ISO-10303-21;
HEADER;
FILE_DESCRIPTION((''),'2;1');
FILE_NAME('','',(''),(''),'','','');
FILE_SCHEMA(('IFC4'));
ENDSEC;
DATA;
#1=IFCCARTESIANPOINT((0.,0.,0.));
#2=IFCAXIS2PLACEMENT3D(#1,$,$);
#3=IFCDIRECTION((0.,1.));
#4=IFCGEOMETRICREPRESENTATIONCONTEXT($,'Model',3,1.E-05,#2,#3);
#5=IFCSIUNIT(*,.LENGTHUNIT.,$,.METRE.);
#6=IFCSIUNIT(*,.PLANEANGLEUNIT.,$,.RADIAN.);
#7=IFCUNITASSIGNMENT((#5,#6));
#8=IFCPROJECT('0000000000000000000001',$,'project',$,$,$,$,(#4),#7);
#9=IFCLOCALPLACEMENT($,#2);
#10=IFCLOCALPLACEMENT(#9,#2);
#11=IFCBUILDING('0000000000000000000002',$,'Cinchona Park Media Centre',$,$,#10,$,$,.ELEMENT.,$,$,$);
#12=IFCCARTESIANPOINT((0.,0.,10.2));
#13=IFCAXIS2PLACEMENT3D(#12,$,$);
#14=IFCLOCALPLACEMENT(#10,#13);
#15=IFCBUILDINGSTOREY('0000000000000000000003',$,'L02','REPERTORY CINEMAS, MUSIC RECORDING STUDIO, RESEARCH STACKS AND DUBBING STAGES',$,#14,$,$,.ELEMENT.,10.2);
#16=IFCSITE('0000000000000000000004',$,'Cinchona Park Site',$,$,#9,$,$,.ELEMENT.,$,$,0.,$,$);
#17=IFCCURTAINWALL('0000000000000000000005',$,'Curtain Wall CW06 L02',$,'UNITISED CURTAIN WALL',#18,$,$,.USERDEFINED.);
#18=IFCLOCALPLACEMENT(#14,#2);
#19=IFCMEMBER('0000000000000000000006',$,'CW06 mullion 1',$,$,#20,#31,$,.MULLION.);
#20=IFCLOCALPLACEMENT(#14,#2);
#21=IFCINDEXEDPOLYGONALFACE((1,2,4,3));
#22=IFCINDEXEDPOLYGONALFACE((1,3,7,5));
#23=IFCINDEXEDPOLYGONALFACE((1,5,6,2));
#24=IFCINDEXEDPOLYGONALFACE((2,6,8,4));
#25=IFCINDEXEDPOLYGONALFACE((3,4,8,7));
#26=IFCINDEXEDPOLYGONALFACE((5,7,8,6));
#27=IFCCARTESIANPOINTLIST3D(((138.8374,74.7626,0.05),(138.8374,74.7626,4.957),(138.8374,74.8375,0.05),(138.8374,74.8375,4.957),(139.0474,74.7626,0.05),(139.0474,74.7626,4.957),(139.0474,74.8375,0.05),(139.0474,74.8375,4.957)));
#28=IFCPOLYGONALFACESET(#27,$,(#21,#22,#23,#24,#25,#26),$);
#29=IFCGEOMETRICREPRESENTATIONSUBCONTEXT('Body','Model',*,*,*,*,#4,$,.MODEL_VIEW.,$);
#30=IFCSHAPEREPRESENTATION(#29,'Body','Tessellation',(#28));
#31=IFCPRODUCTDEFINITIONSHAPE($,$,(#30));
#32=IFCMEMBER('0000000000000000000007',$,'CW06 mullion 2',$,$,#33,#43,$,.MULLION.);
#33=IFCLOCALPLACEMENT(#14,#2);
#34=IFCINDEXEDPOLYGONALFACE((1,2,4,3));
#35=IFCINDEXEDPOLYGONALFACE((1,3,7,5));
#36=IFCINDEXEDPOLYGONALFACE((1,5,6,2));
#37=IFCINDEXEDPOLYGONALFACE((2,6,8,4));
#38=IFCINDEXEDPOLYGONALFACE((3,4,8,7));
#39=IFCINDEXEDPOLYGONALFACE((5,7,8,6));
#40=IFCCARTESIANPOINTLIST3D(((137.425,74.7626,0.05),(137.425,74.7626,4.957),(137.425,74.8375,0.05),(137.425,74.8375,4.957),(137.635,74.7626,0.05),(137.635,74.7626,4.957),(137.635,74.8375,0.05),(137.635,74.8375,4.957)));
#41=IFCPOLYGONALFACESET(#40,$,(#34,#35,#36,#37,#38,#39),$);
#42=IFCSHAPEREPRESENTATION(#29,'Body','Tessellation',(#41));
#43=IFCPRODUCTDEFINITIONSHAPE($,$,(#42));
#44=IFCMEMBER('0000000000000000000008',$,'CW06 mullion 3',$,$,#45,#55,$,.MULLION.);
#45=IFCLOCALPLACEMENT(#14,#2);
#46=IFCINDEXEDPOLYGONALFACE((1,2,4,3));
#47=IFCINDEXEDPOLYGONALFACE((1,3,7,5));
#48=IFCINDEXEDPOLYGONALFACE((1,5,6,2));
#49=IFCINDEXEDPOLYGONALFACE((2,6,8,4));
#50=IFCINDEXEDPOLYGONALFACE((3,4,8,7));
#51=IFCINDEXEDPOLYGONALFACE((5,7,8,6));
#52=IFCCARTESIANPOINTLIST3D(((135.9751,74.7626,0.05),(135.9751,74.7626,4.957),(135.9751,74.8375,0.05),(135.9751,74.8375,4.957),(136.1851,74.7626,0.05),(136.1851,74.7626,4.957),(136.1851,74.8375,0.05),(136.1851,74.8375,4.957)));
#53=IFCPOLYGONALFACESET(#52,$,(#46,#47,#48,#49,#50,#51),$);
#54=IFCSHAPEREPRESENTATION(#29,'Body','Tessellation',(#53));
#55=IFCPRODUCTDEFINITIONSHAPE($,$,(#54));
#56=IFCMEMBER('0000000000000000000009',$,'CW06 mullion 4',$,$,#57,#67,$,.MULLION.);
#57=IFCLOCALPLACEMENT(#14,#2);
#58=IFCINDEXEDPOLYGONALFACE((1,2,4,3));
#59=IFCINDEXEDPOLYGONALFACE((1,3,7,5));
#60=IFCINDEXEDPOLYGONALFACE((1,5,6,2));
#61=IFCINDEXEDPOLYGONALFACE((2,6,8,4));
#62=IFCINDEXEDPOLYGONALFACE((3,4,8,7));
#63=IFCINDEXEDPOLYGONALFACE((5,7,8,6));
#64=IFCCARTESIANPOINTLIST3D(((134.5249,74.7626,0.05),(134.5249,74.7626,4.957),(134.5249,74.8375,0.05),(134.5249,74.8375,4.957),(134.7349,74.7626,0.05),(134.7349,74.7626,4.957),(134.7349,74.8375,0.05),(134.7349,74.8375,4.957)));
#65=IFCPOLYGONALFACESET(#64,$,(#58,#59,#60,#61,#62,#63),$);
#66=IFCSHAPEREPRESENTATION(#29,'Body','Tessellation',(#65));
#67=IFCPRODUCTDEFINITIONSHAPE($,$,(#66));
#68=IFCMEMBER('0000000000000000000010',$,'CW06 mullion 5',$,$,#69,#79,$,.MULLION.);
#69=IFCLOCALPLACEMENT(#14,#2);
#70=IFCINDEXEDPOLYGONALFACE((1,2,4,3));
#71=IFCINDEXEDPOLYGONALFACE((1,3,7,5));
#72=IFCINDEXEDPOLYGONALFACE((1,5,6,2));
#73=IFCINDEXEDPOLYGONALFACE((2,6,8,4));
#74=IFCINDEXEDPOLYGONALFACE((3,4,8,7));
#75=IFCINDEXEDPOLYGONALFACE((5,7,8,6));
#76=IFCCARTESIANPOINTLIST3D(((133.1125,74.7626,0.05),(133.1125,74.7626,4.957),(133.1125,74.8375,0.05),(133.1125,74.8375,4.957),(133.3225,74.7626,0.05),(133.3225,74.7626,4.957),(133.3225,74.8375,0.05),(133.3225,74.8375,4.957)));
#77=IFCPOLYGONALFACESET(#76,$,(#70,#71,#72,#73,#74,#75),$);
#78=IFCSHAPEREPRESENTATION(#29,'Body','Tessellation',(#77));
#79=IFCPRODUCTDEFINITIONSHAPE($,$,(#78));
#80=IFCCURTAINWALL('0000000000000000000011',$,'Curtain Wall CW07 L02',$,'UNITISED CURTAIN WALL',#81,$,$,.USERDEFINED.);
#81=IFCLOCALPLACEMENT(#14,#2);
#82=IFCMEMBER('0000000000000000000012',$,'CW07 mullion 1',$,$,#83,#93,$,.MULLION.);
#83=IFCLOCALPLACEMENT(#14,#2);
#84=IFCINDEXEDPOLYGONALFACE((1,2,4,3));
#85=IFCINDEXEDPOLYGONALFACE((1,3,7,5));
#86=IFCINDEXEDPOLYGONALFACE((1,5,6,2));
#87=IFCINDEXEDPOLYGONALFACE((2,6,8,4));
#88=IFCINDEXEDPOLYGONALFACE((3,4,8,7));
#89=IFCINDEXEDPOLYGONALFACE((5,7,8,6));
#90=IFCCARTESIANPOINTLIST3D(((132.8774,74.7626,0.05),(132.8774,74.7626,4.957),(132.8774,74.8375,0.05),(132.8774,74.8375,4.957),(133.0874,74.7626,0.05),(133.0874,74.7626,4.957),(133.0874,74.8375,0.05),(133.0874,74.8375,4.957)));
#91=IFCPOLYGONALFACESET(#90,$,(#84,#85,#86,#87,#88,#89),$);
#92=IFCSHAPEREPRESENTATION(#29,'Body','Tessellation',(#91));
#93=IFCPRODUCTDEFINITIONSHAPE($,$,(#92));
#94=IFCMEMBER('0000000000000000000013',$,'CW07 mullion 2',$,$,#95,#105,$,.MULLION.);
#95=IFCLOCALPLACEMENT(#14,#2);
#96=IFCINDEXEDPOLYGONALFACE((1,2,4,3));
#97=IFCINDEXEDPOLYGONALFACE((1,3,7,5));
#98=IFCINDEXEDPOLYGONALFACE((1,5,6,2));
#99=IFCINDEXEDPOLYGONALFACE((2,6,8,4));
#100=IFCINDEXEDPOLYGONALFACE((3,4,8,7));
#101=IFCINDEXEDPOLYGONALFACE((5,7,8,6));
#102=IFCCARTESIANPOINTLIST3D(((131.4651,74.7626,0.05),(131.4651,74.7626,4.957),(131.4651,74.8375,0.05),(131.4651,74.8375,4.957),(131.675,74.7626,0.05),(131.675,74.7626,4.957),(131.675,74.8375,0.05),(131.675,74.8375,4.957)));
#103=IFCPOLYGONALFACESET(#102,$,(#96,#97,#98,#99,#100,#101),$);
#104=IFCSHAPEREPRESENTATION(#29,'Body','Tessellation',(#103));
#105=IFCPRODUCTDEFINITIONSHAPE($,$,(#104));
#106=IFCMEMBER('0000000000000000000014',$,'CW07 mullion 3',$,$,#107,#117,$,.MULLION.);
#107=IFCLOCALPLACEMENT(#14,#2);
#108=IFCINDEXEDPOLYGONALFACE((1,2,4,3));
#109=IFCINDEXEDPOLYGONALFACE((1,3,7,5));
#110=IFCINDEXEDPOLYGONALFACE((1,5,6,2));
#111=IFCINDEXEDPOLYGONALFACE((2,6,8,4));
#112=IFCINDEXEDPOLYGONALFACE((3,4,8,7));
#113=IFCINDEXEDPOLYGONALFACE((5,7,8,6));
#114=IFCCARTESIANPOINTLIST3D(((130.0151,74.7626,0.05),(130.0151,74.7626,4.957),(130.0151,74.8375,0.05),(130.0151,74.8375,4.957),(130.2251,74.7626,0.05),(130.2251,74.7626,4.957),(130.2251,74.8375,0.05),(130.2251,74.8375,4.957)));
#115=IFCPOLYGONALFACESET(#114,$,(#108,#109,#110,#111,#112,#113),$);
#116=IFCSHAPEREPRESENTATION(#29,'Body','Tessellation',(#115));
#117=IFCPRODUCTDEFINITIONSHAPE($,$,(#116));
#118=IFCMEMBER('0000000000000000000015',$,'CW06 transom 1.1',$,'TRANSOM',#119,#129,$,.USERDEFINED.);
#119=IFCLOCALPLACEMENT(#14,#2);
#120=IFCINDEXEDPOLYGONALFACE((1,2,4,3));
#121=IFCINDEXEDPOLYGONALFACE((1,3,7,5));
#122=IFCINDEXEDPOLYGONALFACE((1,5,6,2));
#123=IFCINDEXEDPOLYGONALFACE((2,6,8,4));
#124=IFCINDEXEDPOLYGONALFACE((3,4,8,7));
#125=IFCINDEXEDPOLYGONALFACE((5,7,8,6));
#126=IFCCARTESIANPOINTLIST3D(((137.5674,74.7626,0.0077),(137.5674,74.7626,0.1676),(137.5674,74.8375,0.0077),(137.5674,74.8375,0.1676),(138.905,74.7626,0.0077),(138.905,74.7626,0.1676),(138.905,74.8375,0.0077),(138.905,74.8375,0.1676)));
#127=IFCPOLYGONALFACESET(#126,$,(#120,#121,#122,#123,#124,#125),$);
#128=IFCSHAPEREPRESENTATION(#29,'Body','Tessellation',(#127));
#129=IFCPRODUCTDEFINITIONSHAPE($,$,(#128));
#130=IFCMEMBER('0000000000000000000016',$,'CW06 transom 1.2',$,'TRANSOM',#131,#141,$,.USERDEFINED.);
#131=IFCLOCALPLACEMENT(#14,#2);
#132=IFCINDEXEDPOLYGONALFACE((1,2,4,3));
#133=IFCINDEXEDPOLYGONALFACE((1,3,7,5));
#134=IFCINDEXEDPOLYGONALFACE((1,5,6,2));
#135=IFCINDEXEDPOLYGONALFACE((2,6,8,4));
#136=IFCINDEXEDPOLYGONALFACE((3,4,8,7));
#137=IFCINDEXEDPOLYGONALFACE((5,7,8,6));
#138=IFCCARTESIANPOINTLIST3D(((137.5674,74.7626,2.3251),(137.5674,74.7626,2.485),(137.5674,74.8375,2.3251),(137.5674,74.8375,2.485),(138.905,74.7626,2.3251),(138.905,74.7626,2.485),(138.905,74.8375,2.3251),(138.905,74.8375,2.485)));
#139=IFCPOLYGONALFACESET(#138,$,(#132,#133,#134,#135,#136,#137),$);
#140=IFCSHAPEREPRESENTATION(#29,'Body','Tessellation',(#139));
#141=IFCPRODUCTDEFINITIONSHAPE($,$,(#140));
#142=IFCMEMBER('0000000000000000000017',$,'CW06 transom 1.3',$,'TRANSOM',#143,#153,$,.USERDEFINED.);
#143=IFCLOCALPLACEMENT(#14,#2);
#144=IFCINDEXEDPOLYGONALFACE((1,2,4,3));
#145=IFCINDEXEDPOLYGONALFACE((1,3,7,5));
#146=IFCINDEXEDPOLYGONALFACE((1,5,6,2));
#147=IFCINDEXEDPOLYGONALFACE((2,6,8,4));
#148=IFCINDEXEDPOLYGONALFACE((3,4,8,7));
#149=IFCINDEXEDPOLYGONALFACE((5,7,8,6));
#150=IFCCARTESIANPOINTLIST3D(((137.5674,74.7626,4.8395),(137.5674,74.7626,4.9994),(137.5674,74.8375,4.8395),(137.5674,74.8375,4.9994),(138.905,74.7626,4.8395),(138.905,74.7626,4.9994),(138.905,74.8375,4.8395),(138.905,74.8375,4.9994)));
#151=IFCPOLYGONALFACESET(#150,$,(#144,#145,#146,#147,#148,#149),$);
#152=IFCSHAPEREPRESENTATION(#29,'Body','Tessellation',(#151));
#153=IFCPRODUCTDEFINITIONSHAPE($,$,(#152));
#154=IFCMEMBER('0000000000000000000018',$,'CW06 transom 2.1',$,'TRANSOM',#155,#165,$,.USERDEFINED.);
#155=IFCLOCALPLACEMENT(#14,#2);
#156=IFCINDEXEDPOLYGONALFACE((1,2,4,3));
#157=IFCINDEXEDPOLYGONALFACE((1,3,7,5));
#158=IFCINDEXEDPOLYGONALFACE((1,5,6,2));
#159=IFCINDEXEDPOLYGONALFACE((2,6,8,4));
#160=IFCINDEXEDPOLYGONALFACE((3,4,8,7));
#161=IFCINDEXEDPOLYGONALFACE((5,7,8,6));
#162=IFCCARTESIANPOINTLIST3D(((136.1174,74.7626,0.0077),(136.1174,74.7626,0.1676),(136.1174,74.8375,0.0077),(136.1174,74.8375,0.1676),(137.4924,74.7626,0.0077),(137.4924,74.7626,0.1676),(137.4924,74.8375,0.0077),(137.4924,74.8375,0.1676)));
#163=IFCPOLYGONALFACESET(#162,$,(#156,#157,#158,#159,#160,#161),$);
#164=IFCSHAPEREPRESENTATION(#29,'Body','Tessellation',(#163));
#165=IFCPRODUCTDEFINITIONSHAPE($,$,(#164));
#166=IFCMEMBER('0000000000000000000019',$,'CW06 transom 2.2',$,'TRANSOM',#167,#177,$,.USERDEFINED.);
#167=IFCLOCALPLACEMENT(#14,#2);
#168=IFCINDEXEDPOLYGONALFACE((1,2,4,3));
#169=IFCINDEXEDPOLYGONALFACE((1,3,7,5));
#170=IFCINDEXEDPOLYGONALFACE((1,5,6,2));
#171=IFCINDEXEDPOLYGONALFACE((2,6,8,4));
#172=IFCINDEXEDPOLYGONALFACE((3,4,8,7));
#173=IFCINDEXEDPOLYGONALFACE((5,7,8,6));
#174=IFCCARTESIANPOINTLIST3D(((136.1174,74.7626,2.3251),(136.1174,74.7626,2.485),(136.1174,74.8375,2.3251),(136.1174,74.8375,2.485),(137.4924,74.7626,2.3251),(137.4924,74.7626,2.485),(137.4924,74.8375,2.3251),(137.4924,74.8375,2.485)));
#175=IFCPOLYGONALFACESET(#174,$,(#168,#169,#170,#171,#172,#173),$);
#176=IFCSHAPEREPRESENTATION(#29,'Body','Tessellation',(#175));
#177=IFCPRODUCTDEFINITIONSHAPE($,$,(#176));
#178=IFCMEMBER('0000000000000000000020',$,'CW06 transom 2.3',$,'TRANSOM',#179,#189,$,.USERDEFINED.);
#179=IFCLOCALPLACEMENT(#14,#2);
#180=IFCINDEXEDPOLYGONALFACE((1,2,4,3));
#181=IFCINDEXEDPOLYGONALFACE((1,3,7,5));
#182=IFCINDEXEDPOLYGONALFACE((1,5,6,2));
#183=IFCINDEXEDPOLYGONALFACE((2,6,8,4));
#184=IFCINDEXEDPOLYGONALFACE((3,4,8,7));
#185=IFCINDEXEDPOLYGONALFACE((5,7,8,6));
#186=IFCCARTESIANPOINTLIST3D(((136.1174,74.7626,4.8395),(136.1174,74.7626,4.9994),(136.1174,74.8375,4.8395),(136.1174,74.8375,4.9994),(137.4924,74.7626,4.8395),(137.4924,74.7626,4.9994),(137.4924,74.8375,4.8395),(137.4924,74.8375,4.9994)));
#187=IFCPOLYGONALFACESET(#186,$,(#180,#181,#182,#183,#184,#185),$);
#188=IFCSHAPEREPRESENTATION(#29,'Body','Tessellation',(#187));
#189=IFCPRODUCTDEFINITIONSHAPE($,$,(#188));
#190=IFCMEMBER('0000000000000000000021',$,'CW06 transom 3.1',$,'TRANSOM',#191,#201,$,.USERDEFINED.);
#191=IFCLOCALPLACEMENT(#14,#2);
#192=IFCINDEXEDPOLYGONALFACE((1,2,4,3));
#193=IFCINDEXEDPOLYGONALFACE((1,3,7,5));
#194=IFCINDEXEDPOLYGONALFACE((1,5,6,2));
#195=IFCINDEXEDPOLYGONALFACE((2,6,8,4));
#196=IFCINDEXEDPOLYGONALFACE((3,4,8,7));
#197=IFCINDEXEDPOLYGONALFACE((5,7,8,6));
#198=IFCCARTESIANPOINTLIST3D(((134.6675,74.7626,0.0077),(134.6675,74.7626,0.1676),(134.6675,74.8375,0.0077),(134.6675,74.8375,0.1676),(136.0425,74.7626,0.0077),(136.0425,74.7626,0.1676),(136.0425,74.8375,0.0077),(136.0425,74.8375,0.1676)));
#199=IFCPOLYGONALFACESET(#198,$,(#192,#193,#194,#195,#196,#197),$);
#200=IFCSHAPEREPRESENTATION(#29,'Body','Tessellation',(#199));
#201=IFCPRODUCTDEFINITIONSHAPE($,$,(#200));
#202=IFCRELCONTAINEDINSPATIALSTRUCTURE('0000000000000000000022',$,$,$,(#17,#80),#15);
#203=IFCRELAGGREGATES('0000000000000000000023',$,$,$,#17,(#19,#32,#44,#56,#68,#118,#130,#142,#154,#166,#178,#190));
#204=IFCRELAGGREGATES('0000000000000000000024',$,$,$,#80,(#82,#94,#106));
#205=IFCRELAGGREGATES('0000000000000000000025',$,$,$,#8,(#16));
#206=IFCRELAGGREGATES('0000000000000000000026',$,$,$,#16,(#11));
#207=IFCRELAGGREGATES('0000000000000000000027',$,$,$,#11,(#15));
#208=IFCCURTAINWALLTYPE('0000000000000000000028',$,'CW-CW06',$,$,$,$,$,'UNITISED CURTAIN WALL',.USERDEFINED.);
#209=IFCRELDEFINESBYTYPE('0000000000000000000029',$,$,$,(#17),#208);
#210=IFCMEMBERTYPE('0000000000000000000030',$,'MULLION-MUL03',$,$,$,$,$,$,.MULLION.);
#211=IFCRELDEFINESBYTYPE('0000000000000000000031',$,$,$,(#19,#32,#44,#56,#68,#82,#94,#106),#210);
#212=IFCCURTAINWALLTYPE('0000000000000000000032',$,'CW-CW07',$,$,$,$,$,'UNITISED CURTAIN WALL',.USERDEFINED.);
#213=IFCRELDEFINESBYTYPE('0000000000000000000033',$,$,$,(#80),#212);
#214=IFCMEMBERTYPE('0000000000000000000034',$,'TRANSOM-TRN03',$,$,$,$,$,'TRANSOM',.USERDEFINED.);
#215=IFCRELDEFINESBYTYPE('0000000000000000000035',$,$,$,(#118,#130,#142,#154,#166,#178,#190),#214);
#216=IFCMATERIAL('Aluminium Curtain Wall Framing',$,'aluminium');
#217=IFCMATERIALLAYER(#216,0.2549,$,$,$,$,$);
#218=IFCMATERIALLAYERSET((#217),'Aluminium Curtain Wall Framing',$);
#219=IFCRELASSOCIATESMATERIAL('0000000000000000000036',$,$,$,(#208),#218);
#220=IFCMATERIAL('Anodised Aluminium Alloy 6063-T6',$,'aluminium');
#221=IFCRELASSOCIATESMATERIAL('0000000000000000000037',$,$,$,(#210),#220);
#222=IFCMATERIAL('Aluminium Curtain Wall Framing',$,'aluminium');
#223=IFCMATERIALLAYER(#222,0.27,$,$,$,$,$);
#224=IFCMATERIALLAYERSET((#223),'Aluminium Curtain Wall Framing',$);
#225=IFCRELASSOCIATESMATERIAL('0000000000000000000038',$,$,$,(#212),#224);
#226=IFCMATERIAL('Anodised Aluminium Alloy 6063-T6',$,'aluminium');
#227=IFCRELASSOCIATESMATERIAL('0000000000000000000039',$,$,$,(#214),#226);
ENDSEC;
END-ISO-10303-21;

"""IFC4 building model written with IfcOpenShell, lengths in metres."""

from ifc_helpers import new_model, si_unit, direction, frame, origin, origin_2d, place, context, subcontext, project, spatial, rectangle, extrude, material, layer, layer_set, material_profile, profile_set, type_object, element, aggregate, save


model = new_model("IFC4")

# Units and contexts
model_context = context("Model", 3, precision=1e-05, world=origin(), true_north=direction((0.0, 1.0)))
body_context = subcontext(model_context, "Body", "Model", "MODEL_VIEW")
ifc_project = project(units=[si_unit("LENGTHUNIT", "METRE"), si_unit("PLANEANGLEUNIT", "RADIAN")], contexts=[model_context])

# Site, building, storey
site_placement = place(None, origin())
site = spatial("IfcSite", under=ifc_project, at=site_placement, Name="Cinchona Park Site", CompositionType="ELEMENT", RefElevation=0.0)
building_placement = place(site_placement, origin())
building = spatial("IfcBuilding", under=site, at=building_placement, Name="Cinchona Park Media Centre", CompositionType="ELEMENT")
storey_placement = place(building_placement, frame((0.0, 0.0, 10.2)))
storey = spatial("IfcBuildingStorey", under=building, at=storey_placement, Name="L02", Description="REPERTORY CINEMAS, MUSIC RECORDING STUDIO, RESEARCH STACKS AND DUBBING STAGES", CompositionType="ELEMENT", Elevation=10.2)

# Curtain walls, members
ifc_material_1 = material(Name="Aluminium Curtain Wall Framing", Category="aluminium")
ifc_layer_1 = layer(ifc_material_1, 0.2549)
ifc_layer_set_1 = layer_set([ifc_layer_1], Name="Aluminium Curtain Wall Framing")
curtain_wall_type_1 = type_object("IfcCurtainWallType", Name="CW-CW06", ElementType="UNITISED CURTAIN WALL", PredefinedType="USERDEFINED", material=ifc_layer_set_1)
curtain_wall_1_placement = place(storey_placement, origin())
curtain_wall_1 = element("IfcCurtainWall", 1, at=curtain_wall_1_placement, inside=storey, type_object=curtain_wall_type_1, Name="Curtain Wall CW06 L02", ObjectType="UNITISED CURTAIN WALL", PredefinedType="USERDEFINED")
ifc_material_2 = material(Name="Anodised Aluminium Alloy 6063-T6", Category="aluminium")
ifc_material_profile_1 = material_profile(ifc_material_2, rectangle(XDim=0.075, YDim=0.21, at=origin_2d()), Name="MUL-75X210")
ifc_profile_set_1 = profile_set([ifc_material_profile_1], Name="Anodised Aluminium Alloy 6063-T6")
member_type_1 = type_object("IfcMemberType", Name="MULLION-MUL03", PredefinedType="MULLION", material=ifc_profile_set_1)
member_1_placement = place(storey_placement, frame((138.9424, 74.8, 0.05), z_axis=(0.0, 0.0, 1.0), x_axis=(0.0, -1.0, 0.0)))
member_1 = element("IfcMember", 2, at=member_1_placement, type_object=member_type_1, Name="CW06 mullion 1", PredefinedType="MULLION", context=body_context, shape_type="SweptSolid", body=[
    extrude(rectangle(XDim=0.075, YDim=0.21, at=origin_2d()), origin(), (0.0, 0.0, 1.0), 4.907),
])
member_2_placement = place(storey_placement, frame((137.53, 74.8, 0.05), z_axis=(0.0, 0.0, 1.0), x_axis=(0.0, -1.0, 0.0)))
member_2 = element("IfcMember", 3, at=member_2_placement, type_object=member_type_1, Name="CW06 mullion 2", PredefinedType="MULLION", context=body_context, shape_type="SweptSolid", body=[
    extrude(rectangle(XDim=0.075, YDim=0.21, at=origin_2d()), origin(), (0.0, 0.0, 1.0), 4.907),
])
member_3_placement = place(storey_placement, frame((136.0801, 74.8, 0.05), z_axis=(0.0, 0.0, 1.0), x_axis=(0.0, -1.0, 0.0)))
member_3 = element("IfcMember", 4, at=member_3_placement, type_object=member_type_1, Name="CW06 mullion 3", PredefinedType="MULLION", context=body_context, shape_type="SweptSolid", body=[
    extrude(rectangle(XDim=0.075, YDim=0.21, at=origin_2d()), origin(), (0.0, 0.0, 1.0), 4.907),
])
member_4_placement = place(storey_placement, frame((134.6299, 74.8, 0.05), z_axis=(0.0, 0.0, 1.0), x_axis=(0.0, -1.0, 0.0)))
member_4 = element("IfcMember", 5, at=member_4_placement, type_object=member_type_1, Name="CW06 mullion 4", PredefinedType="MULLION", context=body_context, shape_type="SweptSolid", body=[
    extrude(rectangle(XDim=0.075, YDim=0.21, at=origin_2d()), origin(), (0.0, 0.0, 1.0), 4.907),
])
member_5_placement = place(storey_placement, frame((133.2175, 74.8, 0.05), z_axis=(0.0, 0.0, 1.0), x_axis=(0.0, -1.0, 0.0)))
member_5 = element("IfcMember", 6, at=member_5_placement, type_object=member_type_1, Name="CW06 mullion 5", PredefinedType="MULLION", context=body_context, shape_type="SweptSolid", body=[
    extrude(rectangle(XDim=0.075, YDim=0.21, at=origin_2d()), origin(), (0.0, 0.0, 1.0), 4.907),
])
ifc_material_3 = material(Name="Aluminium Curtain Wall Framing", Category="aluminium")
ifc_layer_2 = layer(ifc_material_3, 0.27)
ifc_layer_set_2 = layer_set([ifc_layer_2], Name="Aluminium Curtain Wall Framing")
curtain_wall_type_2 = type_object("IfcCurtainWallType", Name="CW-CW07", ElementType="UNITISED CURTAIN WALL", PredefinedType="USERDEFINED", material=ifc_layer_set_2)
curtain_wall_2_placement = place(storey_placement, origin())
curtain_wall_2 = element("IfcCurtainWall", 7, at=curtain_wall_2_placement, inside=storey, type_object=curtain_wall_type_2, Name="Curtain Wall CW07 L02", ObjectType="UNITISED CURTAIN WALL", PredefinedType="USERDEFINED")
member_6_placement = place(storey_placement, frame((132.9824, 74.8, 0.05), z_axis=(0.0, 0.0, 1.0), x_axis=(0.0, -1.0, 0.0)))
member_6 = element("IfcMember", 8, at=member_6_placement, type_object=member_type_1, Name="CW07 mullion 1", PredefinedType="MULLION", context=body_context, shape_type="SweptSolid", body=[
    extrude(rectangle(XDim=0.075, YDim=0.21, at=origin_2d()), origin(), (0.0, 0.0, 1.0), 4.907),
])
member_7_placement = place(storey_placement, frame((131.5701, 74.8, 0.05), z_axis=(0.0, 0.0, 1.0), x_axis=(0.0, -1.0, 0.0)))
member_7 = element("IfcMember", 9, at=member_7_placement, type_object=member_type_1, Name="CW07 mullion 2", PredefinedType="MULLION", context=body_context, shape_type="SweptSolid", body=[
    extrude(rectangle(XDim=0.075, YDim=0.21, at=origin_2d()), origin(), (0.0, 0.0, 1.0), 4.907),
])
member_8_placement = place(storey_placement, frame((130.1201, 74.8, 0.05), z_axis=(0.0, 0.0, 1.0), x_axis=(0.0, -1.0, 0.0)))
member_8 = element("IfcMember", 10, at=member_8_placement, type_object=member_type_1, Name="CW07 mullion 3", PredefinedType="MULLION", context=body_context, shape_type="SweptSolid", body=[
    extrude(rectangle(XDim=0.075, YDim=0.21, at=origin_2d()), origin(), (0.0, 0.0, 1.0), 4.907),
])

# Members
ifc_material_4 = material(Name="Anodised Aluminium Alloy 6063-T6", Category="aluminium")
ifc_material_profile_2 = material_profile(ifc_material_4, rectangle(XDim=0.075, YDim=0.1599, at=origin_2d()), Name="TRN-75X160")
ifc_profile_set_2 = profile_set([ifc_material_profile_2], Name="Anodised Aluminium Alloy 6063-T6")
member_type_2 = type_object("IfcMemberType", Name="TRANSOM-TRN03", ElementType="TRANSOM", PredefinedType="USERDEFINED", material=ifc_profile_set_2)
member_9_placement = place(storey_placement, frame((138.905, 74.8, 0.0876), z_axis=(-1.0, 0.0, 0.0), x_axis=(0.0, -1.0, 0.0)))
member_9 = element("IfcMember", 11, at=member_9_placement, type_object=member_type_2, Name="CW06 transom 1.1", ObjectType="TRANSOM", PredefinedType="USERDEFINED", context=body_context, shape_type="SweptSolid", body=[
    extrude(rectangle(XDim=0.075, YDim=0.1599, at=origin_2d()), origin(), (0.0, 0.0, 1.0), 1.3376),
])
member_10_placement = place(storey_placement, frame((138.905, 74.8, 2.405), z_axis=(-1.0, 0.0, 0.0), x_axis=(0.0, -1.0, 0.0)))
member_10 = element("IfcMember", 12, at=member_10_placement, type_object=member_type_2, Name="CW06 transom 1.2", ObjectType="TRANSOM", PredefinedType="USERDEFINED", context=body_context, shape_type="SweptSolid", body=[
    extrude(rectangle(XDim=0.075, YDim=0.1599, at=origin_2d()), origin(), (0.0, 0.0, 1.0), 1.3376),
])
member_11_placement = place(storey_placement, frame((138.905, 74.8, 4.9194), z_axis=(-1.0, 0.0, 0.0), x_axis=(0.0, -1.0, 0.0)))
member_11 = element("IfcMember", 13, at=member_11_placement, type_object=member_type_2, Name="CW06 transom 1.3", ObjectType="TRANSOM", PredefinedType="USERDEFINED", context=body_context, shape_type="SweptSolid", body=[
    extrude(rectangle(XDim=0.075, YDim=0.1599, at=origin_2d()), origin(), (0.0, 0.0, 1.0), 1.3376),
])
member_12_placement = place(storey_placement, frame((137.4924, 74.8, 0.0876), z_axis=(-1.0, 0.0, 0.0), x_axis=(0.0, -1.0, 0.0)))
member_12 = element("IfcMember", 14, at=member_12_placement, type_object=member_type_2, Name="CW06 transom 2.1", ObjectType="TRANSOM", PredefinedType="USERDEFINED", context=body_context, shape_type="SweptSolid", body=[
    extrude(rectangle(XDim=0.075, YDim=0.1599, at=origin_2d()), origin(), (0.0, 0.0, 1.0), 1.375),
])
member_13_placement = place(storey_placement, frame((137.4924, 74.8, 2.405), z_axis=(-1.0, 0.0, 0.0), x_axis=(0.0, -1.0, 0.0)))
member_13 = element("IfcMember", 15, at=member_13_placement, type_object=member_type_2, Name="CW06 transom 2.2", ObjectType="TRANSOM", PredefinedType="USERDEFINED", context=body_context, shape_type="SweptSolid", body=[
    extrude(rectangle(XDim=0.075, YDim=0.1599, at=origin_2d()), origin(), (0.0, 0.0, 1.0), 1.375),
])
member_14_placement = place(storey_placement, frame((137.4924, 74.8, 4.9194), z_axis=(-1.0, 0.0, 0.0), x_axis=(0.0, -1.0, 0.0)))
member_14 = element("IfcMember", 16, at=member_14_placement, type_object=member_type_2, Name="CW06 transom 2.3", ObjectType="TRANSOM", PredefinedType="USERDEFINED", context=body_context, shape_type="SweptSolid", body=[
    extrude(rectangle(XDim=0.075, YDim=0.1599, at=origin_2d()), origin(), (0.0, 0.0, 1.0), 1.375),
])
member_15_placement = place(storey_placement, frame((136.0425, 74.8, 0.0876), z_axis=(-1.0, 0.0, 0.0), x_axis=(0.0, -1.0, 0.0)))
member_15 = element("IfcMember", 17, at=member_15_placement, type_object=member_type_2, Name="CW06 transom 3.1", ObjectType="TRANSOM", PredefinedType="USERDEFINED", context=body_context, shape_type="SweptSolid", body=[
    extrude(rectangle(XDim=0.075, YDim=0.1599, at=origin_2d()), origin(), (0.0, 0.0, 1.0), 1.375),
])

aggregate(curtain_wall_1, [member_1, member_2, member_3, member_4, member_5, member_9, member_10, member_11, member_12, member_13, member_14, member_15])
aggregate(curtain_wall_2, [member_6, member_7, member_8])

save(model, "model.ifc")
